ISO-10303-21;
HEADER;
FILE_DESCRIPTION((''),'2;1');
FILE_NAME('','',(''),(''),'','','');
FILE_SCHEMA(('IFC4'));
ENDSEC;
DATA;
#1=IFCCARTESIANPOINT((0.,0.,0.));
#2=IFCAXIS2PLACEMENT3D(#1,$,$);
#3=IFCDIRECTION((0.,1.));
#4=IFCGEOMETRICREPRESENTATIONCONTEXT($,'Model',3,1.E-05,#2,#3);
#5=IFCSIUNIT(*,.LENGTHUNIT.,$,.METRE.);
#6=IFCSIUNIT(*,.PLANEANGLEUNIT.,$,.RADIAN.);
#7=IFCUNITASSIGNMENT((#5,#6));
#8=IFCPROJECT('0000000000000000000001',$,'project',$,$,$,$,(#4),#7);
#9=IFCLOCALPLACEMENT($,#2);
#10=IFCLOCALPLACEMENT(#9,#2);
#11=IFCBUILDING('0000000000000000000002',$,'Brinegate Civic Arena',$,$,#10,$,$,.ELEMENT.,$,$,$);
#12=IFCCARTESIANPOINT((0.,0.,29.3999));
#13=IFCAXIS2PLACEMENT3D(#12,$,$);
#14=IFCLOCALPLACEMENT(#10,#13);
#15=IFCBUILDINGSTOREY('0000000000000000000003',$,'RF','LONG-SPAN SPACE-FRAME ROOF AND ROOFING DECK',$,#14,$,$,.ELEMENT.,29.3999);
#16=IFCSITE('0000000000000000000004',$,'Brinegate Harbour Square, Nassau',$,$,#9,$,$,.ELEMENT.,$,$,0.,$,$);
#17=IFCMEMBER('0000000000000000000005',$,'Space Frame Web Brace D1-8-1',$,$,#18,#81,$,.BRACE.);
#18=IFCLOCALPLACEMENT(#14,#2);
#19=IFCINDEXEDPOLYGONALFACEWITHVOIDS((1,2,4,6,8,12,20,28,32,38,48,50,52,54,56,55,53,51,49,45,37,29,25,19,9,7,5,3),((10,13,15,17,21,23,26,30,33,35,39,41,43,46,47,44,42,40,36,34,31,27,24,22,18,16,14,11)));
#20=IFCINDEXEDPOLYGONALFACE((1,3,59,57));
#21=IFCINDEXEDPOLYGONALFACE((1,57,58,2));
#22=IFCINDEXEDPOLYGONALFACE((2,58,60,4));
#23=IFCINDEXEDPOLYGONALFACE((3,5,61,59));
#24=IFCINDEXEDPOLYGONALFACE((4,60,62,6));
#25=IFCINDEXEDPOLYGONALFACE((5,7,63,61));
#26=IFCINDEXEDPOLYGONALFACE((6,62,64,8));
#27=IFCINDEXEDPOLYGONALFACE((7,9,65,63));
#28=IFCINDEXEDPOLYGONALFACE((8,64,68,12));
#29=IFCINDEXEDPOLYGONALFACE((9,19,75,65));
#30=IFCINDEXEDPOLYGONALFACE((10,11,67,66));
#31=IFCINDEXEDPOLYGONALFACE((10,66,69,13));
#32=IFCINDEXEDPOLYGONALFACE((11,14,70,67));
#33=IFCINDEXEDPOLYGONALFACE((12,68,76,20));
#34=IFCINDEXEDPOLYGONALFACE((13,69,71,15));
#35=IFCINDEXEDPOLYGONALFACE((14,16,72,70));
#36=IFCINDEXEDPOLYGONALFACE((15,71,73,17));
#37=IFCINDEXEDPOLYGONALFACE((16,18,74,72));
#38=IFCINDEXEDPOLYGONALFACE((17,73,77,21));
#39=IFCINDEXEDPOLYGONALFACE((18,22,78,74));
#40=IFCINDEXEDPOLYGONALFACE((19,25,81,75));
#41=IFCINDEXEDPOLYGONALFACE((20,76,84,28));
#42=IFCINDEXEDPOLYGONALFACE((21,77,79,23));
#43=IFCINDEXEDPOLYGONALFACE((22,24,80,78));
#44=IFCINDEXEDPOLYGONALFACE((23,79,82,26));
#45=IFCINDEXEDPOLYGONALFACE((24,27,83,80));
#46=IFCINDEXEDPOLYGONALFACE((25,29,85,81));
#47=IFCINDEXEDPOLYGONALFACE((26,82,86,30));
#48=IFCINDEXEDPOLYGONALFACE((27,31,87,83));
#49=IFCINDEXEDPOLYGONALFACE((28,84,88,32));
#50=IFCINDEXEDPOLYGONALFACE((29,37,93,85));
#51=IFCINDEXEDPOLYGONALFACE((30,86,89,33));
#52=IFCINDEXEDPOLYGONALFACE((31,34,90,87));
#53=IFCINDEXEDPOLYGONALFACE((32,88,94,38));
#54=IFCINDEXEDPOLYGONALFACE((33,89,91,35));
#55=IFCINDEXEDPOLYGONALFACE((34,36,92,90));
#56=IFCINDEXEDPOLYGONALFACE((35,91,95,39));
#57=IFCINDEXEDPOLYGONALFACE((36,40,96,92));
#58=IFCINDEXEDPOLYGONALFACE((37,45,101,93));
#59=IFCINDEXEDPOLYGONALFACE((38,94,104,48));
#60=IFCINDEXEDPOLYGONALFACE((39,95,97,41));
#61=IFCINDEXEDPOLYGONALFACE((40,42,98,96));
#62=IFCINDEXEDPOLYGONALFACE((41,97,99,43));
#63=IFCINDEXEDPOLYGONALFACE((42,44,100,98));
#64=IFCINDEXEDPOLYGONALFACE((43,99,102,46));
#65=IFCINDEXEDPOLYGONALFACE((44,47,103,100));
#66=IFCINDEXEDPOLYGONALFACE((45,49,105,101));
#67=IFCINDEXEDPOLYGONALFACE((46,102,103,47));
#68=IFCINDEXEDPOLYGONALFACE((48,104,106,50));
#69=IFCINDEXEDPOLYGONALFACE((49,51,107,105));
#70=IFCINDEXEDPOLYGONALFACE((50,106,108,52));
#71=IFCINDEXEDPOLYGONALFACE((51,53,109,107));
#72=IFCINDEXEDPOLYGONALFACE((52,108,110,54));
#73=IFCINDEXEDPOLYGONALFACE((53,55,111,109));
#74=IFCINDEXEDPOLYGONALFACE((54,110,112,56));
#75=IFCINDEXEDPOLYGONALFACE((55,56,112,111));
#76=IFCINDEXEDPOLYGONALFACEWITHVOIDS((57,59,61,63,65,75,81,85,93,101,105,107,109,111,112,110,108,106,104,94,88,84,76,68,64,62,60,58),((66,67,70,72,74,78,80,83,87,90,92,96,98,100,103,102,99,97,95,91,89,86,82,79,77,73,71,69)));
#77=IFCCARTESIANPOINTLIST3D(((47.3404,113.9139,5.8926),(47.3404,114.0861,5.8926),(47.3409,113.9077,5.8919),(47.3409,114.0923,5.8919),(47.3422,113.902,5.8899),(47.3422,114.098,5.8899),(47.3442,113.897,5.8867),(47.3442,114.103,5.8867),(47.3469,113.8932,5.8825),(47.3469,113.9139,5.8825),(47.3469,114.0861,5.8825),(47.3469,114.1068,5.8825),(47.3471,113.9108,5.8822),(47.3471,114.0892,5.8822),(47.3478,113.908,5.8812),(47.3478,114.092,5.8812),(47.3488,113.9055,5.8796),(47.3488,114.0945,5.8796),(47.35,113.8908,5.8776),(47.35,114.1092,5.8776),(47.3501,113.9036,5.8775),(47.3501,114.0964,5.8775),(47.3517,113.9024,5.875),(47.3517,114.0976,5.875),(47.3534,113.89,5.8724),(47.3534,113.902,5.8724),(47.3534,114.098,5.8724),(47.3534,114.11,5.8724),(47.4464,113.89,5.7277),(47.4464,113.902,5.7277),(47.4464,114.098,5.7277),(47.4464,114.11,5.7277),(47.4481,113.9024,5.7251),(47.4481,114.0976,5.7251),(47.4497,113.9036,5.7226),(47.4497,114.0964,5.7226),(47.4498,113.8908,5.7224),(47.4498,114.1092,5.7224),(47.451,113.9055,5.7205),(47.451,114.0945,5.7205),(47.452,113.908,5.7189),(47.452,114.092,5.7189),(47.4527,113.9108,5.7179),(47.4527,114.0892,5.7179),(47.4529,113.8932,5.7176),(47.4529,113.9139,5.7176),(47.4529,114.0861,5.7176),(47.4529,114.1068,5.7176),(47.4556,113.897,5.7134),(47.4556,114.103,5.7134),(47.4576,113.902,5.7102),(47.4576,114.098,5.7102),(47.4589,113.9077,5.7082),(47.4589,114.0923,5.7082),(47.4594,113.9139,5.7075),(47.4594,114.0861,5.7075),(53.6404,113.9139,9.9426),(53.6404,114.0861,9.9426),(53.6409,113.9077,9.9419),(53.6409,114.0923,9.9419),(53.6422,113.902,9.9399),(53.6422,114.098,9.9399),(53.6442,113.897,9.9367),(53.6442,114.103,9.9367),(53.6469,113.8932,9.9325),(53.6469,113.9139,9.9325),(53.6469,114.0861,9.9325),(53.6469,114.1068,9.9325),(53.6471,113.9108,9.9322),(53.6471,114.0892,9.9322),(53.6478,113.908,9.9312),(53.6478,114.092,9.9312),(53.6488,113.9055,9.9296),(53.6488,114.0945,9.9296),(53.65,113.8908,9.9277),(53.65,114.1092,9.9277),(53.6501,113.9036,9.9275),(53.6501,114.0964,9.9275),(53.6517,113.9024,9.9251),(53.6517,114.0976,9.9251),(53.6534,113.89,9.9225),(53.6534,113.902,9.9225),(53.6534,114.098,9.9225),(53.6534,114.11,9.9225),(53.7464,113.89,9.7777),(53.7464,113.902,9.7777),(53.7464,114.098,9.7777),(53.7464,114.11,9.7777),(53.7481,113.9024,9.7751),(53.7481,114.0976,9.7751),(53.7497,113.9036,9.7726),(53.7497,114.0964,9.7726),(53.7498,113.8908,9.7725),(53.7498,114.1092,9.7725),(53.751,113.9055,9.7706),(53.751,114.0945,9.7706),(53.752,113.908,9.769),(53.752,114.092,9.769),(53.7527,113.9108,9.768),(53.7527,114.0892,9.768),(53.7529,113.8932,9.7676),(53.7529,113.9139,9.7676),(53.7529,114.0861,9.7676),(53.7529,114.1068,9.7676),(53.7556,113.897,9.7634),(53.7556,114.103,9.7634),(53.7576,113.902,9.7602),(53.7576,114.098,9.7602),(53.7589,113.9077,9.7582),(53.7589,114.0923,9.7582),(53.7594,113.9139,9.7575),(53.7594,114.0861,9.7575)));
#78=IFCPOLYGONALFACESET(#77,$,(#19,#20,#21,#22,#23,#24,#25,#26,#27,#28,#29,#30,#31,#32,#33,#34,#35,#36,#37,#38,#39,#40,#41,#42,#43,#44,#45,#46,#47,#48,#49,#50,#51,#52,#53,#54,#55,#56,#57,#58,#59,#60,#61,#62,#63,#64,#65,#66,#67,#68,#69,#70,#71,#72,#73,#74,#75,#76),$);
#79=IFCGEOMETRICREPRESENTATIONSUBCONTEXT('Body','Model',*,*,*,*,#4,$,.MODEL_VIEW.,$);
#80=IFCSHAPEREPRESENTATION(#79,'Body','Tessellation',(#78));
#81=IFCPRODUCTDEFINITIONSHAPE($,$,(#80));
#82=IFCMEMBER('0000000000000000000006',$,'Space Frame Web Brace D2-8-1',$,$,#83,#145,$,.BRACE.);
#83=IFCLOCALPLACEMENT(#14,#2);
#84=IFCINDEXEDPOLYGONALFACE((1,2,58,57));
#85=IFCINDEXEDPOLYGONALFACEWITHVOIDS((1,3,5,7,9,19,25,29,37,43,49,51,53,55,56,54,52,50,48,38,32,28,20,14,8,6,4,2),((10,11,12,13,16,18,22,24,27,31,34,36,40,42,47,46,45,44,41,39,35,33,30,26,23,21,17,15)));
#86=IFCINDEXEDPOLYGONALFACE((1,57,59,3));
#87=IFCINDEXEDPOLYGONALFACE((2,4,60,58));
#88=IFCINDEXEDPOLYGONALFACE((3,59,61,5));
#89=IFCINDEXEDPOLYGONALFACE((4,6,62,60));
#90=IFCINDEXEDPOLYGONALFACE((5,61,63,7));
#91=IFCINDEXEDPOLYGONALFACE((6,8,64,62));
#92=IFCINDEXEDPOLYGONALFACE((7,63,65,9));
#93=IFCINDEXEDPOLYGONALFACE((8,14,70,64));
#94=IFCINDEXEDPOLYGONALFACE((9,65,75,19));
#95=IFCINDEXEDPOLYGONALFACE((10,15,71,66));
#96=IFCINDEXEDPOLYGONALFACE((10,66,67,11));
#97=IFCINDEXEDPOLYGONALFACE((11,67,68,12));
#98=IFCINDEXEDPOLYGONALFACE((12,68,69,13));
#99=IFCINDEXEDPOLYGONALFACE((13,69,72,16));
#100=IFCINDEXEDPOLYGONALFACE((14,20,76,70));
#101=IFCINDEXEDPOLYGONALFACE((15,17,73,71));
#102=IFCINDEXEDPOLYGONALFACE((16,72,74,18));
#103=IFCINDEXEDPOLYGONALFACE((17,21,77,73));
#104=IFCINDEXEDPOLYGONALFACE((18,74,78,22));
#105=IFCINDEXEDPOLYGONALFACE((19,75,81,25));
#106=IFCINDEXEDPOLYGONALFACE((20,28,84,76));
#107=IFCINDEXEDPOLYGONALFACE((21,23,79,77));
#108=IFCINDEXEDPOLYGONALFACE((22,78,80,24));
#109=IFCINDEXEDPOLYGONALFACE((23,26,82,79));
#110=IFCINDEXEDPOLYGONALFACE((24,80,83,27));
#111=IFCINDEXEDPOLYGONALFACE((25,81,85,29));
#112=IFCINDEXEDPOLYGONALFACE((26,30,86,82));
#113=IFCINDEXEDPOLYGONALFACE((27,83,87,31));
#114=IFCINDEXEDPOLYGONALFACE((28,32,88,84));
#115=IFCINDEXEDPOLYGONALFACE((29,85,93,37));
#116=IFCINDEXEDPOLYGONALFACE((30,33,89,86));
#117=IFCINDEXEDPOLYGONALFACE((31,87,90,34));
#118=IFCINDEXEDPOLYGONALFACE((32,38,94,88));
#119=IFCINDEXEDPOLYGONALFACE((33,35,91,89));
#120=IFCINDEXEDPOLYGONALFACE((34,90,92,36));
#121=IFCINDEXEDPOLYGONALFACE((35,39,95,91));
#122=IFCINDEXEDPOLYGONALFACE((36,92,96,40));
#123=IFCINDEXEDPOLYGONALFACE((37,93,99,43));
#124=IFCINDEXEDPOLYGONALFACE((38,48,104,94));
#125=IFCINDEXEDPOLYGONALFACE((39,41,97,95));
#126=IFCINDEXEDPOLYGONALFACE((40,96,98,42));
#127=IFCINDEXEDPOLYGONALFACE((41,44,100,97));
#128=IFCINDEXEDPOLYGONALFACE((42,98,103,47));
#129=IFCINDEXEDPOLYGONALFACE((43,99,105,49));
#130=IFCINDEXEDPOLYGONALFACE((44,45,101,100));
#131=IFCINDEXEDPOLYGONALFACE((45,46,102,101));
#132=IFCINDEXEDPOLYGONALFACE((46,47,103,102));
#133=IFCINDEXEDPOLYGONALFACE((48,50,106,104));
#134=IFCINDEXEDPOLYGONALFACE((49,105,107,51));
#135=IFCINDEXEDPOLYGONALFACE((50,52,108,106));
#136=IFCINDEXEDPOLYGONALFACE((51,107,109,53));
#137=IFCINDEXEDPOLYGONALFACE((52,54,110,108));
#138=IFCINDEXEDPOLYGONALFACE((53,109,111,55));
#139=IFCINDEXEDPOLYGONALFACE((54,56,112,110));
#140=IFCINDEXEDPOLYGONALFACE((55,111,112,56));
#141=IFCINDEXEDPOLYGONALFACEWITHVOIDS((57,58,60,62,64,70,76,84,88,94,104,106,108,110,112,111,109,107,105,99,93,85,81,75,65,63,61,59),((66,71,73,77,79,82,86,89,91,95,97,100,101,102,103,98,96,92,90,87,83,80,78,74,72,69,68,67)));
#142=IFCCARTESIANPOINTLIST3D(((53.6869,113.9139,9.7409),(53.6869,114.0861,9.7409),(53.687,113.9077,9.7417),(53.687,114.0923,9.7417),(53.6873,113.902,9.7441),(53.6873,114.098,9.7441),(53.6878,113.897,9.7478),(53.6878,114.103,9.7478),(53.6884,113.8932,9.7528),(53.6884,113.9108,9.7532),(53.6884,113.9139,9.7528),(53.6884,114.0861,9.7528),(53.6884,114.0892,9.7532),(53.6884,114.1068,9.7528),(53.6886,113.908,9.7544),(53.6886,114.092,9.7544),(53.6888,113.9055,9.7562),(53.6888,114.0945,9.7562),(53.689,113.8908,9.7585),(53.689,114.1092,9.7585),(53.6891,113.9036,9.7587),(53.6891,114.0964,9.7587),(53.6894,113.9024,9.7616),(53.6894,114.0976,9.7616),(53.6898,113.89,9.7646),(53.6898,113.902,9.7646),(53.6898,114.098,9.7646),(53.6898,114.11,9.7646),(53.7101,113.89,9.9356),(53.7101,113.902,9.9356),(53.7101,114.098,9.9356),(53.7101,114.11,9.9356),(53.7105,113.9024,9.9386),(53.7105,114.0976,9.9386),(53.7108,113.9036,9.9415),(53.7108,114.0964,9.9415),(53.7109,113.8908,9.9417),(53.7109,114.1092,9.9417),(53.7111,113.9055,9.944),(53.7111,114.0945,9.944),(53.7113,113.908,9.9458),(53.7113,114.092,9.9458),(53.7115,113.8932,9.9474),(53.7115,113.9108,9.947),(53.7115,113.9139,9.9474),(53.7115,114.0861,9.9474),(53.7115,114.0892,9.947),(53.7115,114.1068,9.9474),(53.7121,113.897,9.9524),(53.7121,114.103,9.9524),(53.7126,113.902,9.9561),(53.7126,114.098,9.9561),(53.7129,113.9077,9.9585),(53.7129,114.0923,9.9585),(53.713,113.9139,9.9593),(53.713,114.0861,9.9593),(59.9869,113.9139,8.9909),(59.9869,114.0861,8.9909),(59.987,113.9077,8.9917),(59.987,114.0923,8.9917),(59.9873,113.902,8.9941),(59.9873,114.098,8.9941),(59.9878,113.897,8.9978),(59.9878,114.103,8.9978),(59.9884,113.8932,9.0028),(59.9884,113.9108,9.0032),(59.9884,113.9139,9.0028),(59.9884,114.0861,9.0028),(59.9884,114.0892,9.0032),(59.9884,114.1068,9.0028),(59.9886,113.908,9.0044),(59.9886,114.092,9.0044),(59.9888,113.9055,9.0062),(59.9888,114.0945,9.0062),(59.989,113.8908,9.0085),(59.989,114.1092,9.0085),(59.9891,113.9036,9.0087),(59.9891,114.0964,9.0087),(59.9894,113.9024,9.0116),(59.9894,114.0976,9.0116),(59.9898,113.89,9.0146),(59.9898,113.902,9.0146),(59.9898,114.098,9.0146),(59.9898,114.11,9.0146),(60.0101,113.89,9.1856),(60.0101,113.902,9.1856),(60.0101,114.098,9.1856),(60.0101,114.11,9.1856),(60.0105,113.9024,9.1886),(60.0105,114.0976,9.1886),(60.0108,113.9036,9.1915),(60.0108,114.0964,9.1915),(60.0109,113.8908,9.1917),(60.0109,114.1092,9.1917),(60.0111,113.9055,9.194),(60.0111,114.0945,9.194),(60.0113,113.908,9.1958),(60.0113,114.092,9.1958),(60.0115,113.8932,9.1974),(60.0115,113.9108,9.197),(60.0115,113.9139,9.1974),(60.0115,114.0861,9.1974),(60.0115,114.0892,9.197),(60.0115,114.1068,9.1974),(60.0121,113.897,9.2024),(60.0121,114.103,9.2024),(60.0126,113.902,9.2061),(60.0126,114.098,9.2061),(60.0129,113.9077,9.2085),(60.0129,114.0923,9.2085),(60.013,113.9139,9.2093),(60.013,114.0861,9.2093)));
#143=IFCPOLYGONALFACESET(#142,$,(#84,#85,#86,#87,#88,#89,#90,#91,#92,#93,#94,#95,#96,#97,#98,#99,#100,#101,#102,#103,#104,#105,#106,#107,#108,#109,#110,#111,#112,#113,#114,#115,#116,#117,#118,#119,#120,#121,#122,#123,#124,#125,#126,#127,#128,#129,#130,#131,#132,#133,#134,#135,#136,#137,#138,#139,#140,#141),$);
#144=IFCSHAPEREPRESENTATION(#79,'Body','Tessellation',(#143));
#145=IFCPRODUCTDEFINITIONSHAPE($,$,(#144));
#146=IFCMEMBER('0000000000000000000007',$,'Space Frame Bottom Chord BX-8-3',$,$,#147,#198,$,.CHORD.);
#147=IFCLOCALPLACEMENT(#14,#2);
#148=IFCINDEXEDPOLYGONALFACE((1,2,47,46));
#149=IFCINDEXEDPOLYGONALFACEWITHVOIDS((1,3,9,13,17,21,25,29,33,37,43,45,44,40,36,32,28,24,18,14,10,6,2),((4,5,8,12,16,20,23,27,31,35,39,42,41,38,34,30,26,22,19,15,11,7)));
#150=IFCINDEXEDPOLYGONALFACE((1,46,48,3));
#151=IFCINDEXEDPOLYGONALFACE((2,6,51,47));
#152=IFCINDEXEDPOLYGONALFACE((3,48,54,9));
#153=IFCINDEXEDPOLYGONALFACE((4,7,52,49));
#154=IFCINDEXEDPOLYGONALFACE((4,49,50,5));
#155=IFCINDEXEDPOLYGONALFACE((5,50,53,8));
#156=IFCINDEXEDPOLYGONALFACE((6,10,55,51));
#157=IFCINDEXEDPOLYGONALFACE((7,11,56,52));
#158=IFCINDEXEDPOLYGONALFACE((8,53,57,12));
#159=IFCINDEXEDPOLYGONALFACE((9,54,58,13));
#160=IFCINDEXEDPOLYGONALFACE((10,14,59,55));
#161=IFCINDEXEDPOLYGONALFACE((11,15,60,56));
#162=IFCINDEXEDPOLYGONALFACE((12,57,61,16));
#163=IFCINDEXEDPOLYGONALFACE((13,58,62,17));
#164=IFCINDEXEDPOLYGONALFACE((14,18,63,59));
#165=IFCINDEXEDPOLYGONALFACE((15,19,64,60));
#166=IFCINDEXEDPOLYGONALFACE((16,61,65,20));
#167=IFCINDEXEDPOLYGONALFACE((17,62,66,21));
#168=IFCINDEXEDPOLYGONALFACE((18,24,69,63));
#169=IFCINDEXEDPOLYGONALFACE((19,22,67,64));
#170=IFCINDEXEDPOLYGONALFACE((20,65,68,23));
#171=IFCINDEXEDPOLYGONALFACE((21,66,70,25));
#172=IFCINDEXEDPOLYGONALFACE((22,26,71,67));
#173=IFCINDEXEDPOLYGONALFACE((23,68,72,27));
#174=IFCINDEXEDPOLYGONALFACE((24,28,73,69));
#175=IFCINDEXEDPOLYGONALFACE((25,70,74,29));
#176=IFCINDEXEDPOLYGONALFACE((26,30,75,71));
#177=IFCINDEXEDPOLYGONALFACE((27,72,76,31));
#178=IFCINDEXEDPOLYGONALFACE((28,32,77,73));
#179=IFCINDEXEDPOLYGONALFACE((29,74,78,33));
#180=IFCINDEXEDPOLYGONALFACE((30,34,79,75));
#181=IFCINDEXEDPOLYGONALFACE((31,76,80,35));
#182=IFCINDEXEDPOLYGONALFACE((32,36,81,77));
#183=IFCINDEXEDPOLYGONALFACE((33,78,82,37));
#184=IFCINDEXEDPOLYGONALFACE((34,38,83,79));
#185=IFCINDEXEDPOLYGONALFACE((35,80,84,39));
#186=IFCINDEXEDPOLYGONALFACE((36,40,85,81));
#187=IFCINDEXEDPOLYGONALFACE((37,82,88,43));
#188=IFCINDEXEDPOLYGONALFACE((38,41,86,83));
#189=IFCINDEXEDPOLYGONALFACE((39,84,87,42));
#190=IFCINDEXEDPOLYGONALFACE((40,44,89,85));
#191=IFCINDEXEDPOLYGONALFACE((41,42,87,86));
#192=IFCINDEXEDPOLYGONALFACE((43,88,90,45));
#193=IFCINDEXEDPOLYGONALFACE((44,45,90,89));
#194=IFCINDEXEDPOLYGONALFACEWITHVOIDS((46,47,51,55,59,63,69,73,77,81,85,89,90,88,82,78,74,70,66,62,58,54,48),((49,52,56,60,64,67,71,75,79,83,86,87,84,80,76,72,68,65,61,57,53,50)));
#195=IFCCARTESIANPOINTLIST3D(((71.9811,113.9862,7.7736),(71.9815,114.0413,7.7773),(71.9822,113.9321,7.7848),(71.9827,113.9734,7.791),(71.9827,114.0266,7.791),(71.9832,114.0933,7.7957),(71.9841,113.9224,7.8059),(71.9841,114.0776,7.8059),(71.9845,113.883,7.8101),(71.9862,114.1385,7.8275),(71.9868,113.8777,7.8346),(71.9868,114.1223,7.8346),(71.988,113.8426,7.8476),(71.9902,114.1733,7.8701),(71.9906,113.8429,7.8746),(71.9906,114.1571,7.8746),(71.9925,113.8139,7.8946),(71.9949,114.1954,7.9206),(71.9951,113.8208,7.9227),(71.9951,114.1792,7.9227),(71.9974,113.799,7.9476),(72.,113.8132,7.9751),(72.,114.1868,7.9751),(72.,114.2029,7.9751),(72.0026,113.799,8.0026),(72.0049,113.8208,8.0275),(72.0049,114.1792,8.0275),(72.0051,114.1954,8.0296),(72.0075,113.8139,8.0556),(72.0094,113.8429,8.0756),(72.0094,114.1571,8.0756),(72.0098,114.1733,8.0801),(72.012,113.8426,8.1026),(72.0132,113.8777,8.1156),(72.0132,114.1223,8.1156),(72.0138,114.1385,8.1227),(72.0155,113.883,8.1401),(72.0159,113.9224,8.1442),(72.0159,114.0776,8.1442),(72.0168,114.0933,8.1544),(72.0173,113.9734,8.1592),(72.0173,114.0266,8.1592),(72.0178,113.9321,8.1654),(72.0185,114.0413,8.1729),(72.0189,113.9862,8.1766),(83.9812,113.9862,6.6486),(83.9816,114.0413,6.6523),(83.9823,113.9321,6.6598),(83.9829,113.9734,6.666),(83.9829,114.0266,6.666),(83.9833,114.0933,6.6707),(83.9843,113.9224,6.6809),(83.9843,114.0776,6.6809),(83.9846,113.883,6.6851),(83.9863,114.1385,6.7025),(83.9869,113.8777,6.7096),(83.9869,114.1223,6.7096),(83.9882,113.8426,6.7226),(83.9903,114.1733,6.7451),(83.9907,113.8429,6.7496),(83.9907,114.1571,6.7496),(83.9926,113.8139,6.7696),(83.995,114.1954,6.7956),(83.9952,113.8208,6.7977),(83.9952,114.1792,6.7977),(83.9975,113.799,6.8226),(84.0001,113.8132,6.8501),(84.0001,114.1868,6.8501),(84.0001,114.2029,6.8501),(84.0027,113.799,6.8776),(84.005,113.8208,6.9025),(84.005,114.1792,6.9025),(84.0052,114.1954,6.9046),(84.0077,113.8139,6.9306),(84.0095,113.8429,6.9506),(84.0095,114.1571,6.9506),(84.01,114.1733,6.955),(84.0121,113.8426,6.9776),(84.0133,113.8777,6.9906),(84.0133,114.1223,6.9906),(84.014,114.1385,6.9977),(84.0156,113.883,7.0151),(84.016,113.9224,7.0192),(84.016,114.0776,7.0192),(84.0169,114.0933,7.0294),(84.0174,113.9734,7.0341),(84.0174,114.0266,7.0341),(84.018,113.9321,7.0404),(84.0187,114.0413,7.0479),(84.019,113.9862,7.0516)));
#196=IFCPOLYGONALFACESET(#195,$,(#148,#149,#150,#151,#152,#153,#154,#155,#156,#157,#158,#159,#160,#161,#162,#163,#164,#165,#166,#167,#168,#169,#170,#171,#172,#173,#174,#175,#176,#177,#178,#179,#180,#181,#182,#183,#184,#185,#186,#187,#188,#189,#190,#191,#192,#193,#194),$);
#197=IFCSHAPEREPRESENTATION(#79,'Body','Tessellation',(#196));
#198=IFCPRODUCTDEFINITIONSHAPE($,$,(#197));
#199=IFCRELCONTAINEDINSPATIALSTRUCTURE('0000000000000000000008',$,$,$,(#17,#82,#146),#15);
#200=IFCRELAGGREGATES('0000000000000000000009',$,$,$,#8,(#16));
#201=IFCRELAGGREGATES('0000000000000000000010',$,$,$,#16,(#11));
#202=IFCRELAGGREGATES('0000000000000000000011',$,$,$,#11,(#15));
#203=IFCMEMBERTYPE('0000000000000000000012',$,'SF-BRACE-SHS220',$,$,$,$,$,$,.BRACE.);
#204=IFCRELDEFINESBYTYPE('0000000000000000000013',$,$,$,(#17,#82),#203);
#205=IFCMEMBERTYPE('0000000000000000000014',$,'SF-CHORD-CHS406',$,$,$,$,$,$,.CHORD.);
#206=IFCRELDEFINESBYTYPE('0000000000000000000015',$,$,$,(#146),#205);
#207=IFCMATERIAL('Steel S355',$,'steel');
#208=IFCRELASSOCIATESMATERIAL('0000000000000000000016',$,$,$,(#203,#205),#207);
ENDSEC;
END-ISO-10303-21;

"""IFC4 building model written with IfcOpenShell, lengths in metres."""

from ifc_helpers import new_model, si_unit, direction, frame, origin, origin_2d, place, context, subcontext, project, spatial, hollow_rectangle, hollow_circle, extrude, material, material_profile, profile_set, type_object, element, save


model = new_model("IFC4")

# Units and contexts
model_context = context("Model", 3, precision=1e-05, world=origin(), true_north=direction((0.0, 1.0)))
body_context = subcontext(model_context, "Body", "Model", "MODEL_VIEW")
ifc_project = project(units=[si_unit("LENGTHUNIT", "METRE"), si_unit("PLANEANGLEUNIT", "RADIAN")], contexts=[model_context])

# Site, building, storey
site_placement = place(None, origin())
site = spatial("IfcSite", under=ifc_project, at=site_placement, Name="Brinegate Harbour Square, Nassau", CompositionType="ELEMENT", RefElevation=0.0)
building_placement = place(site_placement, origin())
building = spatial("IfcBuilding", under=site, at=building_placement, Name="Brinegate Civic Arena", CompositionType="ELEMENT")
storey_placement = place(building_placement, frame((0.0, 0.0, 29.3999)))
storey = spatial("IfcBuildingStorey", under=building, at=storey_placement, Name="RF", Description="LONG-SPAN SPACE-FRAME ROOF AND ROOFING DECK", CompositionType="ELEMENT", Elevation=29.3999)

# Shared definitions
ifc_material_1 = material(Name="Steel S355", Category="steel")

# Members
ifc_material_profile_1 = material_profile(ifc_material_1, hollow_rectangle(XDim=0.22, YDim=0.22, WallThickness=0.012, InnerFilletRadius=0.012, OuterFilletRadius=0.0239, at=origin_2d()), Name="SHS220X12")
ifc_profile_set_1 = profile_set([ifc_material_profile_1], Name="Steel S355")
member_type_1 = type_object("IfcMemberType", Name="SF-BRACE-SHS220", PredefinedType="BRACE", material=ifc_profile_set_1)
member_1_placement = place(storey_placement, frame((47.3999, 114.0, 5.8), z_axis=(0.841177, 0.0, 0.540759), x_axis=(0.0, 1.0, 0.0)))
element("IfcMember", 1, at=member_1_placement, inside=storey, type_object=member_type_1, Name="Space Frame Web Brace D1-8-1", PredefinedType="BRACE", context=body_context, shape_type="SweptSolid", body=[
    extrude(hollow_rectangle(XDim=0.22, YDim=0.22, WallThickness=0.012, InnerFilletRadius=0.012, OuterFilletRadius=0.0239, at=origin_2d()), origin(), (0.0, 0.0, 1.0), 7.4895),
])
member_2_placement = place(storey_placement, frame((53.7, 114.0, 9.8501), z_axis=(0.992988, 0.0, -0.118212), x_axis=(0.0, 1.0, 0.0)))
element("IfcMember", 2, at=member_2_placement, inside=storey, type_object=member_type_1, Name="Space Frame Web Brace D2-8-1", PredefinedType="BRACE", context=body_context, shape_type="SweptSolid", body=[
    extrude(hollow_rectangle(XDim=0.22, YDim=0.22, WallThickness=0.012, InnerFilletRadius=0.012, OuterFilletRadius=0.0239, at=origin_2d()), origin(), (0.0, 0.0, 1.0), 6.3445),
])
ifc_material_profile_2 = material_profile(ifc_material_1, hollow_circle(Radius=0.2029, WallThickness=0.0161, at=origin_2d()), Name="CHS406X16")
ifc_profile_set_2 = profile_set([ifc_material_profile_2], Name="Steel S355")
member_type_2 = type_object("IfcMemberType", Name="SF-CHORD-CHS406", PredefinedType="CHORD", material=ifc_profile_set_2)
member_3_placement = place(storey_placement, frame((72.0, 114.0, 7.9751), z_axis=(0.995634, 0.0, -0.093341), x_axis=(0.0, 1.0, 0.0)))
element("IfcMember", 3, at=member_3_placement, inside=storey, type_object=member_type_2, Name="Space Frame Bottom Chord BX-8-3", PredefinedType="CHORD", context=body_context, shape_type="SweptSolid", body=[
    extrude(hollow_circle(Radius=0.2029, WallThickness=0.0161, at=origin_2d()), origin(), (0.0, 0.0, 1.0), 12.0527),
])

save(model, "model.ifc")
